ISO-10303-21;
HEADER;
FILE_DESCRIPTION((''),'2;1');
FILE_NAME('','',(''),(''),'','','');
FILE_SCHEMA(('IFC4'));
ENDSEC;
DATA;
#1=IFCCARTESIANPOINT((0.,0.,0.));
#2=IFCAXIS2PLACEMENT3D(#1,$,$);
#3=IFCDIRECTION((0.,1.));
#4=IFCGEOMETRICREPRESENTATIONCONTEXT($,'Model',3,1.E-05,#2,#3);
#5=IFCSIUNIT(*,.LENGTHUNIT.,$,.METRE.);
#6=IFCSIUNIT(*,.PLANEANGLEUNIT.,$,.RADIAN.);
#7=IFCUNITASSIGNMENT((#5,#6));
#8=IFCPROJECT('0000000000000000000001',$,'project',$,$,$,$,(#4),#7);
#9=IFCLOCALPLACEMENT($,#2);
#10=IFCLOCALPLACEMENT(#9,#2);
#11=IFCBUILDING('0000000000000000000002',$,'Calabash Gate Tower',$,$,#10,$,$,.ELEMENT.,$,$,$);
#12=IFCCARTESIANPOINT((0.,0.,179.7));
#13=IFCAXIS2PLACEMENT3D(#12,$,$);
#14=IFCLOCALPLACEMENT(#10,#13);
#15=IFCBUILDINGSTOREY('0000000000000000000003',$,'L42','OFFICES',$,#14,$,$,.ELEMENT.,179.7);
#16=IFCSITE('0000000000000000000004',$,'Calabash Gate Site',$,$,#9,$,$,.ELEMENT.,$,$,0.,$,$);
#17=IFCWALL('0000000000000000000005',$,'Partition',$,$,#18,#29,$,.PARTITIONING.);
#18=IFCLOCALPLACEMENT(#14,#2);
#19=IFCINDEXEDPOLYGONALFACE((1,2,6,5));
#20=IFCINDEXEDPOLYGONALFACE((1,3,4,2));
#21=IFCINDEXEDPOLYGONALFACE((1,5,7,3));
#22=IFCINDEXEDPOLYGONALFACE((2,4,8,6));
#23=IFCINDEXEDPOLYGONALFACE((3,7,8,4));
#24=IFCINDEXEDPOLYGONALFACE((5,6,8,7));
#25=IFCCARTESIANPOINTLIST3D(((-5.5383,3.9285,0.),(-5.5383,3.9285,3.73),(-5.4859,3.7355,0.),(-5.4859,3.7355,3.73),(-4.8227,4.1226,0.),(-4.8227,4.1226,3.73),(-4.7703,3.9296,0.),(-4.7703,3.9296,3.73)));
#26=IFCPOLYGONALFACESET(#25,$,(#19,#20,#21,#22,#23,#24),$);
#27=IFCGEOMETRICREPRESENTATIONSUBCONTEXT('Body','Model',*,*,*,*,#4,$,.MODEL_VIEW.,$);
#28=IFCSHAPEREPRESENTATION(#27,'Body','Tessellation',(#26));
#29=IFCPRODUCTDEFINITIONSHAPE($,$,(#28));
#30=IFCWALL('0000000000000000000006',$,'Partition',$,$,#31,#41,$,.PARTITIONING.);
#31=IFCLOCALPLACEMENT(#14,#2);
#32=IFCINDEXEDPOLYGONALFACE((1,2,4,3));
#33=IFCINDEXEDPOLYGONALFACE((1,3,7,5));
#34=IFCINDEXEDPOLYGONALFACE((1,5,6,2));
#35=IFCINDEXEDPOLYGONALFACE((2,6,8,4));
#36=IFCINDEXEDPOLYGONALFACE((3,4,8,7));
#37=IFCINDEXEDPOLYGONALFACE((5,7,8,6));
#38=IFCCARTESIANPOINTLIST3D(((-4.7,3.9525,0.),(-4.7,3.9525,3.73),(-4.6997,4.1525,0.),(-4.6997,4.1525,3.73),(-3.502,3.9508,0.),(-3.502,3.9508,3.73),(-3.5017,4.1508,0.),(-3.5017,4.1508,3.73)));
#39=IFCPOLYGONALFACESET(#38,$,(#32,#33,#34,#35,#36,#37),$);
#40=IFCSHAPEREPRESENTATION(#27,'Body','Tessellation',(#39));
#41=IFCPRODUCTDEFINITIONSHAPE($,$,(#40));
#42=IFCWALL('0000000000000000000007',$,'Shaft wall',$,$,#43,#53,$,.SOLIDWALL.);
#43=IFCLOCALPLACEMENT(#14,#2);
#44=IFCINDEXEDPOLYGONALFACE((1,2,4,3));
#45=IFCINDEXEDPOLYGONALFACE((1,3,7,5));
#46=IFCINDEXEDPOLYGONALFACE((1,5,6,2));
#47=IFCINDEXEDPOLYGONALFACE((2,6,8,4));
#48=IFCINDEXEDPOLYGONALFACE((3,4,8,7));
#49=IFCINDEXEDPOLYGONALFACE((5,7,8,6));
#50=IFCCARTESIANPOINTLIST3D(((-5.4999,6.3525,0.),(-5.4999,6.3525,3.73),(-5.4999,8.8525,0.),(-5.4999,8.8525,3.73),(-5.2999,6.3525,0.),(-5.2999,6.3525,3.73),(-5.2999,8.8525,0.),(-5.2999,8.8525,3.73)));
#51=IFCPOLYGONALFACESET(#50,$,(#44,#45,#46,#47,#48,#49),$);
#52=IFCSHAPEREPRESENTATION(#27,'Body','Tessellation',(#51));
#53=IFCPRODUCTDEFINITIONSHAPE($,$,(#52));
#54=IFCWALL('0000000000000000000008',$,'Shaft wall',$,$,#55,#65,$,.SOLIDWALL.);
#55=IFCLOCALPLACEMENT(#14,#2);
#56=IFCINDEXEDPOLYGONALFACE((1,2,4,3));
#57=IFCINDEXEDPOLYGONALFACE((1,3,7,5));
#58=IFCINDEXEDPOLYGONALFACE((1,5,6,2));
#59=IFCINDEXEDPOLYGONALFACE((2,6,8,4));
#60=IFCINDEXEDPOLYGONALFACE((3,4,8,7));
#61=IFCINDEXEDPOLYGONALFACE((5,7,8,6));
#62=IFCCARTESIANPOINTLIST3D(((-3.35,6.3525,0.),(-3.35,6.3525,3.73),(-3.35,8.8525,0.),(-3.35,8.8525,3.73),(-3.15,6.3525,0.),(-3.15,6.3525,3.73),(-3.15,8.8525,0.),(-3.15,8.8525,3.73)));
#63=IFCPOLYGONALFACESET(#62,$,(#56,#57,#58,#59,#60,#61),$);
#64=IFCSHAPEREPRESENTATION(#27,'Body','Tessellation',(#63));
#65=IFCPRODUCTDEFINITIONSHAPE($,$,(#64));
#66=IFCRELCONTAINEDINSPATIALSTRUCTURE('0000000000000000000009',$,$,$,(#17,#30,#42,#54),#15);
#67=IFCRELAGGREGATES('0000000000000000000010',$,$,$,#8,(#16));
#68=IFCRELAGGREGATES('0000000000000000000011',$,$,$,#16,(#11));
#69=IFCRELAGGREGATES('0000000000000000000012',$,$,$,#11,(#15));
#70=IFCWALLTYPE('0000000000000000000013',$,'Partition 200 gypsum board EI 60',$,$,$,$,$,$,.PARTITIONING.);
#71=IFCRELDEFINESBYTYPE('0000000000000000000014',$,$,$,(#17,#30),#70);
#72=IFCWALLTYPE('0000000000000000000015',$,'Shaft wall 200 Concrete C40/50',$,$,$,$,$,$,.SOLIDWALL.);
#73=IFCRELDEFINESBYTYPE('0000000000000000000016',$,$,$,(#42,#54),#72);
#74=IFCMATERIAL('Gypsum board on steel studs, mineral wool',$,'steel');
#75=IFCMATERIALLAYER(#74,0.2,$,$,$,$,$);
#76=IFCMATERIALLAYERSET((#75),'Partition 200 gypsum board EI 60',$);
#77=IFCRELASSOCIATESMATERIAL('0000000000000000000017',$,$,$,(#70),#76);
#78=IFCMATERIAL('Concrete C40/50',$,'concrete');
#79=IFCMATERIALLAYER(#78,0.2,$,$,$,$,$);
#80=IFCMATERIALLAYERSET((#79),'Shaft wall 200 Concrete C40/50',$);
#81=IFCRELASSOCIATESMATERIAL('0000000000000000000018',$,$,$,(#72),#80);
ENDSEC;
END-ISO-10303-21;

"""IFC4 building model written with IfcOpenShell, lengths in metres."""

from ifc_helpers import new_model, si_unit, direction, frame, frame_2d, origin, place, context, subcontext, project, spatial, rectangle, extrude, material, layer, layer_set, type_object, element, save


model = new_model("IFC4")

# Units and contexts
model_context = context("Model", 3, precision=1e-05, world=origin(), true_north=direction((0.0, 1.0)))
body_context = subcontext(model_context, "Body", "Model", "MODEL_VIEW")
ifc_project = project(units=[si_unit("LENGTHUNIT", "METRE"), si_unit("PLANEANGLEUNIT", "RADIAN")], contexts=[model_context])

# Site, building, storey
site_placement = place(None, origin())
site = spatial("IfcSite", under=ifc_project, at=site_placement, Name="Calabash Gate Site", CompositionType="ELEMENT", RefElevation=0.0)
building_placement = place(site_placement, origin())
building = spatial("IfcBuilding", under=site, at=building_placement, Name="Calabash Gate Tower", CompositionType="ELEMENT")
storey_placement = place(building_placement, frame((0.0, 0.0, 179.7)))
storey = spatial("IfcBuildingStorey", under=building, at=storey_placement, Name="L42", Description="OFFICES", CompositionType="ELEMENT", Elevation=179.7)

# Shared definitions
ifc_material_1 = material(Name="Gypsum board on steel studs, mineral wool", Category="steel")
ifc_layer_1 = layer(ifc_material_1, 0.2)
ifc_layer_set_1 = layer_set([ifc_layer_1], Name="Partition 200 gypsum board EI 60")
wall_type_1 = type_object("IfcWallType", Name="Partition 200 gypsum board EI 60", PredefinedType="PARTITIONING", material=ifc_layer_set_1)

# Walls
wall_1_placement = place(storey_placement, frame((-5.512, 3.832, 0.0), z_axis=(0.0, 0.0, 1.0), x_axis=(0.965128, 0.26178, 0.0)))
element("IfcWall", 1, at=wall_1_placement, inside=storey, type_object=wall_type_1, Name="Partition", PredefinedType="PARTITIONING", context=body_context, shape_type="SweptSolid", body=[
    extrude(rectangle(XDim=0.7415, YDim=0.2, at=frame_2d((0.3706, 0.0))), origin(), (0.0, 0.0, 1.0), 3.73),
])
wall_2_placement = place(storey_placement, frame((-4.7, 4.0525, 0.0), z_axis=(0.0, 0.0, 1.0), x_axis=(0.999999, -0.001427, 0.0)))
element("IfcWall", 2, at=wall_2_placement, inside=storey, type_object=wall_type_1, Name="Partition", PredefinedType="PARTITIONING", context=body_context, shape_type="SweptSolid", body=[
    extrude(rectangle(XDim=1.198, YDim=0.2, at=frame_2d((0.5991, 0.0))), origin(), (0.0, 0.0, 1.0), 3.73),
])
ifc_material_2 = material(Name="Concrete C40/50", Category="concrete")
ifc_layer_2 = layer(ifc_material_2, 0.2)
ifc_layer_set_2 = layer_set([ifc_layer_2], Name="Shaft wall 200 Concrete C40/50")
wall_type_2 = type_object("IfcWallType", Name="Shaft wall 200 Concrete C40/50", PredefinedType="SOLIDWALL", material=ifc_layer_set_2)
for number, where, z_axis, x_axis, name in (
    (3, (-5.3999, 6.3525, 0.0), (0.0, 0.0, 1.0), (0.0, 1.0, 0.0), "Shaft wall"),
    (4, (-3.25, 6.3525, 0.0), (0.0, 0.0, 1.0), (0.0, 1.0, 0.0), "Shaft wall"),
):
    element("IfcWall", number, at=place(storey_placement, frame(where, z_axis=z_axis, x_axis=x_axis)), inside=storey, type_object=wall_type_2, Name=name, PredefinedType="SOLIDWALL", context=body_context, shape_type="SweptSolid", body=[
        extrude(rectangle(XDim=2.5, YDim=0.2, at=frame_2d((1.25, 0.0))), origin(), (0.0, 0.0, 1.0), 3.73),
    ])

save(model, "model.ifc")
